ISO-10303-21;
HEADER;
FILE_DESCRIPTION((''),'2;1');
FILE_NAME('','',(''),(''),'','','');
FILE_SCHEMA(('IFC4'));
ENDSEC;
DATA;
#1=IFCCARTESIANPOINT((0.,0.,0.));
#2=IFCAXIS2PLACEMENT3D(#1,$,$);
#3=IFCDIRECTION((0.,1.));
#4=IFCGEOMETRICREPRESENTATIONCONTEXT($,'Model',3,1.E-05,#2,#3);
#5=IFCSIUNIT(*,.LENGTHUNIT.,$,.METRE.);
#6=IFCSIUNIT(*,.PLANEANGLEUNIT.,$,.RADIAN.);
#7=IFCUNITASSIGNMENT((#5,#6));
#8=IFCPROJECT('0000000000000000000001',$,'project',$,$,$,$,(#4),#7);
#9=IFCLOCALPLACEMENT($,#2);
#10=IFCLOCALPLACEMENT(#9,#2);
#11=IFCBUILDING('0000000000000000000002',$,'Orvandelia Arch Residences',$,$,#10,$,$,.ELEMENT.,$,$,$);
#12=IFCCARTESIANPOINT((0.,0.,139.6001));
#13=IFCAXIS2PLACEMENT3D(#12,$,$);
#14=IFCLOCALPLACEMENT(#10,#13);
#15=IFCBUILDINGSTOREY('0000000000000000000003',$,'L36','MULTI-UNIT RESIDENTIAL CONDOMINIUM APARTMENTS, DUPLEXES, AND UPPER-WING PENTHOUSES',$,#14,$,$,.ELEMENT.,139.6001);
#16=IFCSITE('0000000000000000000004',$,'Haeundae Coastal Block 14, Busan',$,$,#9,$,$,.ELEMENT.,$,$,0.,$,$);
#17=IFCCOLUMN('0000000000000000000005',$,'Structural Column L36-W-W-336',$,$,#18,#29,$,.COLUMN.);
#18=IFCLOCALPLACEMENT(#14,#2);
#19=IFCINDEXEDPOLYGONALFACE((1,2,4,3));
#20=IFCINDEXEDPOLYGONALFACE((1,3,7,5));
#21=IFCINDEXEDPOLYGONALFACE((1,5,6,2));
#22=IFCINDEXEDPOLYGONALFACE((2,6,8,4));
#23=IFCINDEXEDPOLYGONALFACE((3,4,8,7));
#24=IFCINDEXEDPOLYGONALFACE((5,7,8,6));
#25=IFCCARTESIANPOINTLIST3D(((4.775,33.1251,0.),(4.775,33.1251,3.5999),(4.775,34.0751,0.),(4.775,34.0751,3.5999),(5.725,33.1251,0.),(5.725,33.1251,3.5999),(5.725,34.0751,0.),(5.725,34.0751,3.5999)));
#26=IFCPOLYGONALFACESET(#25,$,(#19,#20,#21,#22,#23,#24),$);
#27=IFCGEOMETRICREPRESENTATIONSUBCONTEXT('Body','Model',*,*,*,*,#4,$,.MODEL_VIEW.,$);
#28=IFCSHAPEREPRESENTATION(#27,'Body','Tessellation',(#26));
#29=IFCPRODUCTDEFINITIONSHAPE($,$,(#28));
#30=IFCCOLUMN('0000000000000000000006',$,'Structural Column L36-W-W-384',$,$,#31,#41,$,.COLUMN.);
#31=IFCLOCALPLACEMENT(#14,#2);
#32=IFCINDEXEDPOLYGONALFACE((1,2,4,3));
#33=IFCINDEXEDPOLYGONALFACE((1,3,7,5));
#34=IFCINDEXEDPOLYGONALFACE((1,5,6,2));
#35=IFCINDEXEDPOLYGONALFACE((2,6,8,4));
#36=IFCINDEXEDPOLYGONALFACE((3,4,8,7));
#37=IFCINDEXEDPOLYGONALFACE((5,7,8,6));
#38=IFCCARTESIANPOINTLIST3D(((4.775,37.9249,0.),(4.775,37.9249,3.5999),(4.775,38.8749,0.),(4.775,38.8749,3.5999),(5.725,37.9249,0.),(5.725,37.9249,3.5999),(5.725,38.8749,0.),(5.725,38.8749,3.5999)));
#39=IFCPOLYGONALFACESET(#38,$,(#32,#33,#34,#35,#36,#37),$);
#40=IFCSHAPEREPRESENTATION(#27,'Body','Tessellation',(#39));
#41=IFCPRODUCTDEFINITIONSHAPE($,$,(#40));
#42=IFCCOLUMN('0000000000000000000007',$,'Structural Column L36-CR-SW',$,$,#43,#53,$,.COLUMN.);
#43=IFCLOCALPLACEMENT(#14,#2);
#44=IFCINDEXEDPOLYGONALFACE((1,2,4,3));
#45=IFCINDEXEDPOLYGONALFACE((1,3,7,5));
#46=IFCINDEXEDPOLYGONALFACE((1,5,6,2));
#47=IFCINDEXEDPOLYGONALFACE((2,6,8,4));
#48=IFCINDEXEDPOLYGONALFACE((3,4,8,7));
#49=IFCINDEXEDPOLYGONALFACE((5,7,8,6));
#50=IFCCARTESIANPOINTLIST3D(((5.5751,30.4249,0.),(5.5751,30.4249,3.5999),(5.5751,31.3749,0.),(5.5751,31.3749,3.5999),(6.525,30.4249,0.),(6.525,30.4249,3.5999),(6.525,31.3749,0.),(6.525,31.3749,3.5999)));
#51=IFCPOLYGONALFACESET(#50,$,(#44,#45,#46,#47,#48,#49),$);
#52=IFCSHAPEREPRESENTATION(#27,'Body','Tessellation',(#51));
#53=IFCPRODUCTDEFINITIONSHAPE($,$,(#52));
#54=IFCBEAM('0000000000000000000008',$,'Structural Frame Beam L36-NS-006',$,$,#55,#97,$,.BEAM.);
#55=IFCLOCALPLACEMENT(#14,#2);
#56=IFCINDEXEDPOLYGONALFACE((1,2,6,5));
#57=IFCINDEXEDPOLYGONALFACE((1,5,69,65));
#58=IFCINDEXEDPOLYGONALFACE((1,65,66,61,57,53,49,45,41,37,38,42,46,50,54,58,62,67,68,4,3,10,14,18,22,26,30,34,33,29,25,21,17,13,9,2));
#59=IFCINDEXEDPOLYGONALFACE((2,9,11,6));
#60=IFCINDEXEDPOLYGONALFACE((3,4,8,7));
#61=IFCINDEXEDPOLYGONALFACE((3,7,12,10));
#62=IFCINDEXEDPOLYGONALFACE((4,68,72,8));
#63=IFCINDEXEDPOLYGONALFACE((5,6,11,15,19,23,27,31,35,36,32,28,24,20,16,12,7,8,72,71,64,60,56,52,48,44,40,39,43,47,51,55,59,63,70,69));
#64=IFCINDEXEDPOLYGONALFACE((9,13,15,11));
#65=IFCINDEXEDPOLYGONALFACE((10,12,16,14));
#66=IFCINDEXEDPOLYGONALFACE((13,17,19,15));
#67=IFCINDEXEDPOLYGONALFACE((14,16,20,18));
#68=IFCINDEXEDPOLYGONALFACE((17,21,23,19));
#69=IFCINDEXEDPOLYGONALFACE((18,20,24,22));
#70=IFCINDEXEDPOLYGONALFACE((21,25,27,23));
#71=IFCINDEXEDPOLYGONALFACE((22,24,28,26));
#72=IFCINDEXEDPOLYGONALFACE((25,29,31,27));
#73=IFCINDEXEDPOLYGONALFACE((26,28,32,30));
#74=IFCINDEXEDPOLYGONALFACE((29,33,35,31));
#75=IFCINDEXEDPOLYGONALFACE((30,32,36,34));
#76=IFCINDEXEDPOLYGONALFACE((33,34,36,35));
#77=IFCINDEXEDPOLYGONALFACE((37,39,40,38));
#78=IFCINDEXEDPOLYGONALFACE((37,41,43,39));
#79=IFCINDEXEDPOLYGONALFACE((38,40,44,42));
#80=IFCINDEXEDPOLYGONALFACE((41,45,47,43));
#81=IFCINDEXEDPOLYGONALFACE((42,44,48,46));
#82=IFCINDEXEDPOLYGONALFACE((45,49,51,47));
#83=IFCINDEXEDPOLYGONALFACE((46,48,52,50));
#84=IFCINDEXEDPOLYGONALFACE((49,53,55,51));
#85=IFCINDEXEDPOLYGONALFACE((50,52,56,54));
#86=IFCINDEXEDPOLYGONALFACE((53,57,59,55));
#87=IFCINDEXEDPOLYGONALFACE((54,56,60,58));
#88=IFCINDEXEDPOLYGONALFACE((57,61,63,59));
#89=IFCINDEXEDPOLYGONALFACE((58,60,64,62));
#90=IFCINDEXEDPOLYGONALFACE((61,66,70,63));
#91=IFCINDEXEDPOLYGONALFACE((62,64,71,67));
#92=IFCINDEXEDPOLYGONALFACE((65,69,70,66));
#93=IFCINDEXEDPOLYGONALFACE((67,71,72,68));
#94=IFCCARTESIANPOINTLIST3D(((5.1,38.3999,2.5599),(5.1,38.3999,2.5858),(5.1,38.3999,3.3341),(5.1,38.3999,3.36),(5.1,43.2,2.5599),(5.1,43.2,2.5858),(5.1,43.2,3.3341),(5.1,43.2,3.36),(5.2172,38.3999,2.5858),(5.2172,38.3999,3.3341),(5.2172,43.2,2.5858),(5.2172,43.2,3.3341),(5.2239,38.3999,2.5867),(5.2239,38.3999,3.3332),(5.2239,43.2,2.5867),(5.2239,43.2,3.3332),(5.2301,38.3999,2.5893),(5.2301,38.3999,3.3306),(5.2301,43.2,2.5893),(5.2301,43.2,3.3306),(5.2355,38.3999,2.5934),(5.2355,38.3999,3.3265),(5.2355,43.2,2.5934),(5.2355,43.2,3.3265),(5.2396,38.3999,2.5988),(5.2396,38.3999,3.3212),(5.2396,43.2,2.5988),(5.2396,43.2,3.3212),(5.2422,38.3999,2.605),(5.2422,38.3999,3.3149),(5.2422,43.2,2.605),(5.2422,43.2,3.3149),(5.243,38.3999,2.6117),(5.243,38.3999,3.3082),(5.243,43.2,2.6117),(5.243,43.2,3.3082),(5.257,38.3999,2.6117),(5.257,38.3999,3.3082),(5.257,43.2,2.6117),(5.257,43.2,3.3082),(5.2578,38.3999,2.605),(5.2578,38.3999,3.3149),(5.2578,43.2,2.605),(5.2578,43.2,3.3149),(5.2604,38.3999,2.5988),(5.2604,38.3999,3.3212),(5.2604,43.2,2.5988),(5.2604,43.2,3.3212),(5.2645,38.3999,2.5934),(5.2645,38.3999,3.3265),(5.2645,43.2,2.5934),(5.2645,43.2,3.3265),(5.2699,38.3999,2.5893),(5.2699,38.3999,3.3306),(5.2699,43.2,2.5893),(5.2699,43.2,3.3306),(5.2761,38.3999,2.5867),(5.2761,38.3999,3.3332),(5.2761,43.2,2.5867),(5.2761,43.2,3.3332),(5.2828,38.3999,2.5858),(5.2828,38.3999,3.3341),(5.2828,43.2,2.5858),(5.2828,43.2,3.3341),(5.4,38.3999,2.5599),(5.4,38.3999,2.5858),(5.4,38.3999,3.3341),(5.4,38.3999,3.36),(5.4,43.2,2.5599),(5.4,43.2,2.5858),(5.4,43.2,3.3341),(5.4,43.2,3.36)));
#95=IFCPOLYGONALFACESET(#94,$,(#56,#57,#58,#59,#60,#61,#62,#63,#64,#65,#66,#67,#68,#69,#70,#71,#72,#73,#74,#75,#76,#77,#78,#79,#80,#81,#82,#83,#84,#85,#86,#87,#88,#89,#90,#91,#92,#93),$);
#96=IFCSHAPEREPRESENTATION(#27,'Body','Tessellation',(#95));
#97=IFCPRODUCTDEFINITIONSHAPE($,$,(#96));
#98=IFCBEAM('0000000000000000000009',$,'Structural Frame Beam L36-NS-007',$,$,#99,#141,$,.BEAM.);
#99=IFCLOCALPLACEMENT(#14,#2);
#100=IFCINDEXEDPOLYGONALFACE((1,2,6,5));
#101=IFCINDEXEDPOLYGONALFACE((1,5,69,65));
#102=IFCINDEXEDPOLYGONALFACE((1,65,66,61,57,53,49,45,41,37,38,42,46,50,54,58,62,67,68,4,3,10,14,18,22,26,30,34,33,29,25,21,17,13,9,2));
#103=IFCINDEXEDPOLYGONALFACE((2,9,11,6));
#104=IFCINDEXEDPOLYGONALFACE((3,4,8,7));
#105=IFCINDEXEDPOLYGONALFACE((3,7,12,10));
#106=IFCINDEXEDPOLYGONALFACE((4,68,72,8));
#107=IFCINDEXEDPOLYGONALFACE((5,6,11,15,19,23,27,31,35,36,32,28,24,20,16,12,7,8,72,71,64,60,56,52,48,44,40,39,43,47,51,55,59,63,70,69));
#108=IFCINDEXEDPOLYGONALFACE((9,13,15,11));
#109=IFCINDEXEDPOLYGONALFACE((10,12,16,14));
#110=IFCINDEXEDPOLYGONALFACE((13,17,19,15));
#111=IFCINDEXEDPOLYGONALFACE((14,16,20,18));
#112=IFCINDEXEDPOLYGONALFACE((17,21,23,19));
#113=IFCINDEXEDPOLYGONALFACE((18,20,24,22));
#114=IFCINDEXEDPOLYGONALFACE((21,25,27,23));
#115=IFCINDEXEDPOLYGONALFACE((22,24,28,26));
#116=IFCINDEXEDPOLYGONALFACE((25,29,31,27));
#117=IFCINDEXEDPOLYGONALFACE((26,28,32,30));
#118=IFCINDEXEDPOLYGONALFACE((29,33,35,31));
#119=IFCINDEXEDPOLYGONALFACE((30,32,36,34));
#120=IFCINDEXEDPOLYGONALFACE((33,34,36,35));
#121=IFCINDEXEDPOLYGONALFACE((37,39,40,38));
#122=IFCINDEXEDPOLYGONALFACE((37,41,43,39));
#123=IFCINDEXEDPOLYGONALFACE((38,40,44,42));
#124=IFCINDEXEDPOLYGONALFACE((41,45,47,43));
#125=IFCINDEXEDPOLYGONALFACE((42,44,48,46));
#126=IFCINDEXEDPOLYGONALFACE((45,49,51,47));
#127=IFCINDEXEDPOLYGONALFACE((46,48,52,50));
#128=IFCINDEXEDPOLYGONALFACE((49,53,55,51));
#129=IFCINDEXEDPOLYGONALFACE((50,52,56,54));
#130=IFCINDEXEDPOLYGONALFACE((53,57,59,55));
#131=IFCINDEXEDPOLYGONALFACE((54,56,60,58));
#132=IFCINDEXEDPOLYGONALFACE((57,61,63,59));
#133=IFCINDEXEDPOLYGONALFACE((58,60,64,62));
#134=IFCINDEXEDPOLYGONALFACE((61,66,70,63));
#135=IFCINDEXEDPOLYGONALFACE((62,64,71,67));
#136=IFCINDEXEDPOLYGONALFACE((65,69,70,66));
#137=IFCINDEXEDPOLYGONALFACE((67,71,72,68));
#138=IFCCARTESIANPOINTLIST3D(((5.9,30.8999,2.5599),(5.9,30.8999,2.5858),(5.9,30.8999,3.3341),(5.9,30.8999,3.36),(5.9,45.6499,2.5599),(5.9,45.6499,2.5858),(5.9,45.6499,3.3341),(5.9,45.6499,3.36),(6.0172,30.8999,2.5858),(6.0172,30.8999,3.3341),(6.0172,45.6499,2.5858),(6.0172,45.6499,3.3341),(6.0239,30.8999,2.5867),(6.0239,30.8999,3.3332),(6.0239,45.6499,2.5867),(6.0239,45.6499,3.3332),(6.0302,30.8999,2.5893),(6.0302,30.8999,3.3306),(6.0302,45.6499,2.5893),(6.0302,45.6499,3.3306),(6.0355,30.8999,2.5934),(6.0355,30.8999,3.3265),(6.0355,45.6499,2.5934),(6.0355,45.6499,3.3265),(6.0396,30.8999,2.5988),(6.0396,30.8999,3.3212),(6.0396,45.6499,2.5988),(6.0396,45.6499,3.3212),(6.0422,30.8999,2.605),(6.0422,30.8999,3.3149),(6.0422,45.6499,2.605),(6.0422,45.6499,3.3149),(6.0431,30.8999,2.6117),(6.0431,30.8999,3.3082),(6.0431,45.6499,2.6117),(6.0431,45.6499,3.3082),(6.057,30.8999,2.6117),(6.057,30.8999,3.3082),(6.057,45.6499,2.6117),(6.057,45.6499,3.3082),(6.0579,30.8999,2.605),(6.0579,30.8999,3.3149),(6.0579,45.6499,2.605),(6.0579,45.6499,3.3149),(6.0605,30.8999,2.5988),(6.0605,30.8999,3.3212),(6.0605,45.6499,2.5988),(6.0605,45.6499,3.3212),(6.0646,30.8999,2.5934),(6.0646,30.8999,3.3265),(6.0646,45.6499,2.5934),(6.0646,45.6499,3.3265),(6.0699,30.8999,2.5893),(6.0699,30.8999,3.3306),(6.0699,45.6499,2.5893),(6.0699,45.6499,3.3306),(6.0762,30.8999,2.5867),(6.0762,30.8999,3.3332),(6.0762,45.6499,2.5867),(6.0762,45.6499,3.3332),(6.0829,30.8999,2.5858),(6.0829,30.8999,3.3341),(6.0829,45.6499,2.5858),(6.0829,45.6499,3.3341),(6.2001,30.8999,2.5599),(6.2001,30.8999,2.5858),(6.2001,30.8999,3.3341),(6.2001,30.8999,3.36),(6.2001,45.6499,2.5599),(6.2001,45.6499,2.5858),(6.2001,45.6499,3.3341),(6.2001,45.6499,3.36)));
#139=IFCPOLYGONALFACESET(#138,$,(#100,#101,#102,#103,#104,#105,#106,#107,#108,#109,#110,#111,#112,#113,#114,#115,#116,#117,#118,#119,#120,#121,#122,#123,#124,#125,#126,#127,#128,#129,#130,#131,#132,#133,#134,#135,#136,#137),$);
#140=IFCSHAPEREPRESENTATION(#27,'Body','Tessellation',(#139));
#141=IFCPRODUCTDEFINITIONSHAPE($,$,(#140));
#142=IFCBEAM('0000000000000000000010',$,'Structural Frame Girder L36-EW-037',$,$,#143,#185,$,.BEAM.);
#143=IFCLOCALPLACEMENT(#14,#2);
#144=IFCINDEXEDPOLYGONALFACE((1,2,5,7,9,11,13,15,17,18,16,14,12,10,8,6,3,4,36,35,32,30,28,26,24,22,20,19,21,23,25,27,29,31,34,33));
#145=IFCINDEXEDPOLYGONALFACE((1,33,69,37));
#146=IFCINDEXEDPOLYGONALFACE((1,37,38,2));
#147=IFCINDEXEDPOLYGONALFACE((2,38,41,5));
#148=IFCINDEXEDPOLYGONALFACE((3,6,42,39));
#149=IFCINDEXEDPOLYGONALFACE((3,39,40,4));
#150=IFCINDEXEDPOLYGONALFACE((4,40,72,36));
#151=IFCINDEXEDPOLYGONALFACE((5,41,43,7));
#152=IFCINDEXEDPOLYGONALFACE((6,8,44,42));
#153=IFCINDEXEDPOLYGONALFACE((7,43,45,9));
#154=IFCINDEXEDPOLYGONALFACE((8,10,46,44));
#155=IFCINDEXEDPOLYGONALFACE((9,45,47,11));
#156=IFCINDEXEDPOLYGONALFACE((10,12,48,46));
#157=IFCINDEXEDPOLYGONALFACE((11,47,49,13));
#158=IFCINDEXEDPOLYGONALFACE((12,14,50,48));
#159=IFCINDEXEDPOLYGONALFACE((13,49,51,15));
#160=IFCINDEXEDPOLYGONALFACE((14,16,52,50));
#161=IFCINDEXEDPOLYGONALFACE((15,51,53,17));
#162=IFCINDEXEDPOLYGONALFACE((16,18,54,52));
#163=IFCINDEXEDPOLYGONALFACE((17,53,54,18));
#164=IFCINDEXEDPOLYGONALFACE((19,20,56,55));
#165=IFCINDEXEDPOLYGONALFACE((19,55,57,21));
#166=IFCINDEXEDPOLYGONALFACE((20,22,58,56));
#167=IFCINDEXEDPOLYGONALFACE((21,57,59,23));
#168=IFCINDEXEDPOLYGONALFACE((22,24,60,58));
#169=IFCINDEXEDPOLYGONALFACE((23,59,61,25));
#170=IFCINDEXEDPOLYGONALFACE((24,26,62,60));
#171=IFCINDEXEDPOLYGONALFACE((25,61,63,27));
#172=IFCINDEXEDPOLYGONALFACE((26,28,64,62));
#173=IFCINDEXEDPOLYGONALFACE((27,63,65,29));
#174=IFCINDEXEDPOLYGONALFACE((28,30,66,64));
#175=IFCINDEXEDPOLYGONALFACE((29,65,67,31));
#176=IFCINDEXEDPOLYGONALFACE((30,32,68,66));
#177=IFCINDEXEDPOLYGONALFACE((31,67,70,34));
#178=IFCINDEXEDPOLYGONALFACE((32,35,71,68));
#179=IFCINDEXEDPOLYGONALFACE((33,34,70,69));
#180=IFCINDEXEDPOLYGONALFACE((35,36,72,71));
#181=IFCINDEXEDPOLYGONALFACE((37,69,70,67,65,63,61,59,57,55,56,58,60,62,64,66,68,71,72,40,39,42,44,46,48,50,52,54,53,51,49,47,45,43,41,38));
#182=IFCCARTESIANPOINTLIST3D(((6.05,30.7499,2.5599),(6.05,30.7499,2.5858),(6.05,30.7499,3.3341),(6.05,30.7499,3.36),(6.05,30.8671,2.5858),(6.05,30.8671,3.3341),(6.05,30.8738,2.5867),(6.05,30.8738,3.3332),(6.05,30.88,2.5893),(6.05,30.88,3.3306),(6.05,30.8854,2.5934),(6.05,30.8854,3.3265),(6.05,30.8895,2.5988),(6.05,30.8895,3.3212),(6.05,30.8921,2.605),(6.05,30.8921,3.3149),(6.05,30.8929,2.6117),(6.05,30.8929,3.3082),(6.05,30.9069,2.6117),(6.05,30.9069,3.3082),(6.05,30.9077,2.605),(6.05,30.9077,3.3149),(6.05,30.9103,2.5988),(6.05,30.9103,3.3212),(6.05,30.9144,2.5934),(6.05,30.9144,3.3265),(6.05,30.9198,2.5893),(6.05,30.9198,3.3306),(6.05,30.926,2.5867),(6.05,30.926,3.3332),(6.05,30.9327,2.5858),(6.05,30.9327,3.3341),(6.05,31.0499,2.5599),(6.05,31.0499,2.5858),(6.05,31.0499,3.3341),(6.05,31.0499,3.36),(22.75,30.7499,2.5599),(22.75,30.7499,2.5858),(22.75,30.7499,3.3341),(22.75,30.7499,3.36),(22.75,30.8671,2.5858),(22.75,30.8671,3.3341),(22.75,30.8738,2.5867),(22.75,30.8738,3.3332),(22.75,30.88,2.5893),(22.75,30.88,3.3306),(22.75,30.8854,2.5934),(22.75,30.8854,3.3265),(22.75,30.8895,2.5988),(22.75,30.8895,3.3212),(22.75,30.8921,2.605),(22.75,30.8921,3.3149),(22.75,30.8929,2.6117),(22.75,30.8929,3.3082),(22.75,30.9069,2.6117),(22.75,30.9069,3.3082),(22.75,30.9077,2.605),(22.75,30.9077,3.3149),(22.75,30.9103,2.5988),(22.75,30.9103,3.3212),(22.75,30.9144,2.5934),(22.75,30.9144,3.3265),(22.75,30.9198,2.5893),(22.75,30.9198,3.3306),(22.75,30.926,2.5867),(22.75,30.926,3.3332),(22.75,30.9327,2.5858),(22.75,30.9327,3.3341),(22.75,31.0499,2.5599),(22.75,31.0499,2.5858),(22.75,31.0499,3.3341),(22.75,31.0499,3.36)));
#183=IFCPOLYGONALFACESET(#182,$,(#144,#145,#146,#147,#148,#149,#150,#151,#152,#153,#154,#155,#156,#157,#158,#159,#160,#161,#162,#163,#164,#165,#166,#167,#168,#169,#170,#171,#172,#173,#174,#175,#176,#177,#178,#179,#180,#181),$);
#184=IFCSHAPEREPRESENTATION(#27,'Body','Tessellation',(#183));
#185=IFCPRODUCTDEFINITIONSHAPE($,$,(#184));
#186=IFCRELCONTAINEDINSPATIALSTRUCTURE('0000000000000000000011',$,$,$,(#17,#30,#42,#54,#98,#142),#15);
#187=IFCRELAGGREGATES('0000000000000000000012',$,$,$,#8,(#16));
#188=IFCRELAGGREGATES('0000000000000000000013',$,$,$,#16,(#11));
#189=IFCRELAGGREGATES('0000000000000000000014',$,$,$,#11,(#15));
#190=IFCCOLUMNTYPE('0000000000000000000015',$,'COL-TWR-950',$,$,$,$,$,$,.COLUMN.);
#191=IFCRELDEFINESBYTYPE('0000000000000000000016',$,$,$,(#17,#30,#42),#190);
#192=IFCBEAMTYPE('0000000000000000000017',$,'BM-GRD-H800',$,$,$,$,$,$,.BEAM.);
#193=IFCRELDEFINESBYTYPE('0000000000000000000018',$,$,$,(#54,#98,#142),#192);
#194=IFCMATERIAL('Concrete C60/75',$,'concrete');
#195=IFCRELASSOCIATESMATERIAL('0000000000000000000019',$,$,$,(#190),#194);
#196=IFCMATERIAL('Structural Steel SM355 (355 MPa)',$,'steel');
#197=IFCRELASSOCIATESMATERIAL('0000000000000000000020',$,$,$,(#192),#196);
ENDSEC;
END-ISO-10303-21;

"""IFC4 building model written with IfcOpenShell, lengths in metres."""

from ifc_helpers import new_model, si_unit, direction, frame, origin, origin_2d, place, context, subcontext, project, spatial, rectangle, i_section, extrude, material, material_profile, profile_set, type_object, element, save


model = new_model("IFC4")

# Units and contexts
model_context = context("Model", 3, precision=1e-05, world=origin(), true_north=direction((0.0, 1.0)))
body_context = subcontext(model_context, "Body", "Model", "MODEL_VIEW")
ifc_project = project(units=[si_unit("LENGTHUNIT", "METRE"), si_unit("PLANEANGLEUNIT", "RADIAN")], contexts=[model_context])

# Site, building, storey
site_placement = place(None, origin())
site = spatial("IfcSite", under=ifc_project, at=site_placement, Name="Haeundae Coastal Block 14, Busan", CompositionType="ELEMENT", RefElevation=0.0)
building_placement = place(site_placement, origin())
building = spatial("IfcBuilding", under=site, at=building_placement, Name="Orvandelia Arch Residences", CompositionType="ELEMENT")
storey_placement = place(building_placement, frame((0.0, 0.0, 139.6001)))
storey = spatial("IfcBuildingStorey", under=building, at=storey_placement, Name="L36", Description="MULTI-UNIT RESIDENTIAL CONDOMINIUM APARTMENTS, DUPLEXES, AND UPPER-WING PENTHOUSES", CompositionType="ELEMENT", Elevation=139.6001)

# Columns
ifc_material_1 = material(Name="Concrete C60/75", Category="concrete")
ifc_material_profile_1 = material_profile(ifc_material_1, rectangle(XDim=0.95, YDim=0.95, at=origin_2d()), Name="Concrete C60/75", Category="concrete")
ifc_profile_set_1 = profile_set([ifc_material_profile_1], Name="Concrete C60/75")
column_type = type_object("IfcColumnType", Name="COL-TWR-950", PredefinedType="COLUMN", material=ifc_profile_set_1)
for number, where, z_axis, x_axis, name in (
    (1, (5.25, 33.6001, 0.0), (0.0, 0.0, 1.0), (1.0, 0.0, 0.0), "Structural Column L36-W-W-336"),
    (2, (5.25, 38.3999, 0.0), (0.0, 0.0, 1.0), (1.0, 0.0, 0.0), "Structural Column L36-W-W-384"),
    (3, (6.05, 30.8999, 0.0), (0.0, 0.0, 1.0), (1.0, 0.0, 0.0), "Structural Column L36-CR-SW"),
):
    element("IfcColumn", number, at=place(storey_placement, frame(where, z_axis=z_axis, x_axis=x_axis)), inside=storey, type_object=column_type, Name=name, PredefinedType="COLUMN", context=body_context, shape_type="SweptSolid", body=[
        extrude(rectangle(XDim=0.95, YDim=0.95, at=origin_2d()), origin(), (0.0, 0.0, 1.0), 3.5999),
    ])

# Beams
ifc_material_2 = material(Name="Structural Steel SM355 (355 MPa)", Category="steel")
ifc_material_profile_2 = material_profile(ifc_material_2, i_section(OverallWidth=0.3, OverallDepth=0.8, WebThickness=0.0139, FlangeThickness=0.0259, FilletRadius=0.0259, at=origin_2d()), Name="Structural Steel SM355 (355 MPa)", Category="steel")
ifc_profile_set_2 = profile_set([ifc_material_profile_2], Name="Structural Steel SM355 (355 MPa)")
beam_type_1 = type_object("IfcBeamType", Name="BM-GRD-H800", PredefinedType="BEAM", material=ifc_profile_set_2)
beam_1_placement = place(storey_placement, frame((5.25, 38.3999, 2.96), z_axis=(0.0, 1.0, 0.0), x_axis=(-1.0, 0.0, 0.0)))
element("IfcBeam", 4, at=beam_1_placement, inside=storey, type_object=beam_type_1, Name="Structural Frame Beam L36-NS-006", PredefinedType="BEAM", context=body_context, shape_type="SweptSolid", body=[
    extrude(i_section(OverallWidth=0.3, OverallDepth=0.8, WebThickness=0.0139, FlangeThickness=0.0259, FilletRadius=0.0259, at=origin_2d()), origin(), (0.0, 0.0, 1.0), 4.8),
])
beam_2_placement = place(storey_placement, frame((6.05, 30.8999, 2.96), z_axis=(0.0, 1.0, 0.0), x_axis=(-1.0, 0.0, 0.0)))
element("IfcBeam", 5, at=beam_2_placement, inside=storey, type_object=beam_type_1, Name="Structural Frame Beam L36-NS-007", PredefinedType="BEAM", context=body_context, shape_type="SweptSolid", body=[
    extrude(i_section(OverallWidth=0.3, OverallDepth=0.8, WebThickness=0.0139, FlangeThickness=0.0259, FilletRadius=0.0259, at=origin_2d()), origin(), (0.0, 0.0, 1.0), 14.75),
])
beam_3_placement = place(storey_placement, frame((6.05, 30.8999, 2.96), z_axis=(1.0, 0.0, 0.0), x_axis=(0.0, 1.0, 0.0)))
element("IfcBeam", 6, at=beam_3_placement, inside=storey, type_object=beam_type_1, Name="Structural Frame Girder L36-EW-037", PredefinedType="BEAM", context=body_context, shape_type="SweptSolid", body=[
    extrude(i_section(OverallWidth=0.3, OverallDepth=0.8, WebThickness=0.0139, FlangeThickness=0.0259, FilletRadius=0.0259, at=origin_2d()), origin(), (0.0, 0.0, 1.0), 16.7),
])

save(model, "model.ifc")
